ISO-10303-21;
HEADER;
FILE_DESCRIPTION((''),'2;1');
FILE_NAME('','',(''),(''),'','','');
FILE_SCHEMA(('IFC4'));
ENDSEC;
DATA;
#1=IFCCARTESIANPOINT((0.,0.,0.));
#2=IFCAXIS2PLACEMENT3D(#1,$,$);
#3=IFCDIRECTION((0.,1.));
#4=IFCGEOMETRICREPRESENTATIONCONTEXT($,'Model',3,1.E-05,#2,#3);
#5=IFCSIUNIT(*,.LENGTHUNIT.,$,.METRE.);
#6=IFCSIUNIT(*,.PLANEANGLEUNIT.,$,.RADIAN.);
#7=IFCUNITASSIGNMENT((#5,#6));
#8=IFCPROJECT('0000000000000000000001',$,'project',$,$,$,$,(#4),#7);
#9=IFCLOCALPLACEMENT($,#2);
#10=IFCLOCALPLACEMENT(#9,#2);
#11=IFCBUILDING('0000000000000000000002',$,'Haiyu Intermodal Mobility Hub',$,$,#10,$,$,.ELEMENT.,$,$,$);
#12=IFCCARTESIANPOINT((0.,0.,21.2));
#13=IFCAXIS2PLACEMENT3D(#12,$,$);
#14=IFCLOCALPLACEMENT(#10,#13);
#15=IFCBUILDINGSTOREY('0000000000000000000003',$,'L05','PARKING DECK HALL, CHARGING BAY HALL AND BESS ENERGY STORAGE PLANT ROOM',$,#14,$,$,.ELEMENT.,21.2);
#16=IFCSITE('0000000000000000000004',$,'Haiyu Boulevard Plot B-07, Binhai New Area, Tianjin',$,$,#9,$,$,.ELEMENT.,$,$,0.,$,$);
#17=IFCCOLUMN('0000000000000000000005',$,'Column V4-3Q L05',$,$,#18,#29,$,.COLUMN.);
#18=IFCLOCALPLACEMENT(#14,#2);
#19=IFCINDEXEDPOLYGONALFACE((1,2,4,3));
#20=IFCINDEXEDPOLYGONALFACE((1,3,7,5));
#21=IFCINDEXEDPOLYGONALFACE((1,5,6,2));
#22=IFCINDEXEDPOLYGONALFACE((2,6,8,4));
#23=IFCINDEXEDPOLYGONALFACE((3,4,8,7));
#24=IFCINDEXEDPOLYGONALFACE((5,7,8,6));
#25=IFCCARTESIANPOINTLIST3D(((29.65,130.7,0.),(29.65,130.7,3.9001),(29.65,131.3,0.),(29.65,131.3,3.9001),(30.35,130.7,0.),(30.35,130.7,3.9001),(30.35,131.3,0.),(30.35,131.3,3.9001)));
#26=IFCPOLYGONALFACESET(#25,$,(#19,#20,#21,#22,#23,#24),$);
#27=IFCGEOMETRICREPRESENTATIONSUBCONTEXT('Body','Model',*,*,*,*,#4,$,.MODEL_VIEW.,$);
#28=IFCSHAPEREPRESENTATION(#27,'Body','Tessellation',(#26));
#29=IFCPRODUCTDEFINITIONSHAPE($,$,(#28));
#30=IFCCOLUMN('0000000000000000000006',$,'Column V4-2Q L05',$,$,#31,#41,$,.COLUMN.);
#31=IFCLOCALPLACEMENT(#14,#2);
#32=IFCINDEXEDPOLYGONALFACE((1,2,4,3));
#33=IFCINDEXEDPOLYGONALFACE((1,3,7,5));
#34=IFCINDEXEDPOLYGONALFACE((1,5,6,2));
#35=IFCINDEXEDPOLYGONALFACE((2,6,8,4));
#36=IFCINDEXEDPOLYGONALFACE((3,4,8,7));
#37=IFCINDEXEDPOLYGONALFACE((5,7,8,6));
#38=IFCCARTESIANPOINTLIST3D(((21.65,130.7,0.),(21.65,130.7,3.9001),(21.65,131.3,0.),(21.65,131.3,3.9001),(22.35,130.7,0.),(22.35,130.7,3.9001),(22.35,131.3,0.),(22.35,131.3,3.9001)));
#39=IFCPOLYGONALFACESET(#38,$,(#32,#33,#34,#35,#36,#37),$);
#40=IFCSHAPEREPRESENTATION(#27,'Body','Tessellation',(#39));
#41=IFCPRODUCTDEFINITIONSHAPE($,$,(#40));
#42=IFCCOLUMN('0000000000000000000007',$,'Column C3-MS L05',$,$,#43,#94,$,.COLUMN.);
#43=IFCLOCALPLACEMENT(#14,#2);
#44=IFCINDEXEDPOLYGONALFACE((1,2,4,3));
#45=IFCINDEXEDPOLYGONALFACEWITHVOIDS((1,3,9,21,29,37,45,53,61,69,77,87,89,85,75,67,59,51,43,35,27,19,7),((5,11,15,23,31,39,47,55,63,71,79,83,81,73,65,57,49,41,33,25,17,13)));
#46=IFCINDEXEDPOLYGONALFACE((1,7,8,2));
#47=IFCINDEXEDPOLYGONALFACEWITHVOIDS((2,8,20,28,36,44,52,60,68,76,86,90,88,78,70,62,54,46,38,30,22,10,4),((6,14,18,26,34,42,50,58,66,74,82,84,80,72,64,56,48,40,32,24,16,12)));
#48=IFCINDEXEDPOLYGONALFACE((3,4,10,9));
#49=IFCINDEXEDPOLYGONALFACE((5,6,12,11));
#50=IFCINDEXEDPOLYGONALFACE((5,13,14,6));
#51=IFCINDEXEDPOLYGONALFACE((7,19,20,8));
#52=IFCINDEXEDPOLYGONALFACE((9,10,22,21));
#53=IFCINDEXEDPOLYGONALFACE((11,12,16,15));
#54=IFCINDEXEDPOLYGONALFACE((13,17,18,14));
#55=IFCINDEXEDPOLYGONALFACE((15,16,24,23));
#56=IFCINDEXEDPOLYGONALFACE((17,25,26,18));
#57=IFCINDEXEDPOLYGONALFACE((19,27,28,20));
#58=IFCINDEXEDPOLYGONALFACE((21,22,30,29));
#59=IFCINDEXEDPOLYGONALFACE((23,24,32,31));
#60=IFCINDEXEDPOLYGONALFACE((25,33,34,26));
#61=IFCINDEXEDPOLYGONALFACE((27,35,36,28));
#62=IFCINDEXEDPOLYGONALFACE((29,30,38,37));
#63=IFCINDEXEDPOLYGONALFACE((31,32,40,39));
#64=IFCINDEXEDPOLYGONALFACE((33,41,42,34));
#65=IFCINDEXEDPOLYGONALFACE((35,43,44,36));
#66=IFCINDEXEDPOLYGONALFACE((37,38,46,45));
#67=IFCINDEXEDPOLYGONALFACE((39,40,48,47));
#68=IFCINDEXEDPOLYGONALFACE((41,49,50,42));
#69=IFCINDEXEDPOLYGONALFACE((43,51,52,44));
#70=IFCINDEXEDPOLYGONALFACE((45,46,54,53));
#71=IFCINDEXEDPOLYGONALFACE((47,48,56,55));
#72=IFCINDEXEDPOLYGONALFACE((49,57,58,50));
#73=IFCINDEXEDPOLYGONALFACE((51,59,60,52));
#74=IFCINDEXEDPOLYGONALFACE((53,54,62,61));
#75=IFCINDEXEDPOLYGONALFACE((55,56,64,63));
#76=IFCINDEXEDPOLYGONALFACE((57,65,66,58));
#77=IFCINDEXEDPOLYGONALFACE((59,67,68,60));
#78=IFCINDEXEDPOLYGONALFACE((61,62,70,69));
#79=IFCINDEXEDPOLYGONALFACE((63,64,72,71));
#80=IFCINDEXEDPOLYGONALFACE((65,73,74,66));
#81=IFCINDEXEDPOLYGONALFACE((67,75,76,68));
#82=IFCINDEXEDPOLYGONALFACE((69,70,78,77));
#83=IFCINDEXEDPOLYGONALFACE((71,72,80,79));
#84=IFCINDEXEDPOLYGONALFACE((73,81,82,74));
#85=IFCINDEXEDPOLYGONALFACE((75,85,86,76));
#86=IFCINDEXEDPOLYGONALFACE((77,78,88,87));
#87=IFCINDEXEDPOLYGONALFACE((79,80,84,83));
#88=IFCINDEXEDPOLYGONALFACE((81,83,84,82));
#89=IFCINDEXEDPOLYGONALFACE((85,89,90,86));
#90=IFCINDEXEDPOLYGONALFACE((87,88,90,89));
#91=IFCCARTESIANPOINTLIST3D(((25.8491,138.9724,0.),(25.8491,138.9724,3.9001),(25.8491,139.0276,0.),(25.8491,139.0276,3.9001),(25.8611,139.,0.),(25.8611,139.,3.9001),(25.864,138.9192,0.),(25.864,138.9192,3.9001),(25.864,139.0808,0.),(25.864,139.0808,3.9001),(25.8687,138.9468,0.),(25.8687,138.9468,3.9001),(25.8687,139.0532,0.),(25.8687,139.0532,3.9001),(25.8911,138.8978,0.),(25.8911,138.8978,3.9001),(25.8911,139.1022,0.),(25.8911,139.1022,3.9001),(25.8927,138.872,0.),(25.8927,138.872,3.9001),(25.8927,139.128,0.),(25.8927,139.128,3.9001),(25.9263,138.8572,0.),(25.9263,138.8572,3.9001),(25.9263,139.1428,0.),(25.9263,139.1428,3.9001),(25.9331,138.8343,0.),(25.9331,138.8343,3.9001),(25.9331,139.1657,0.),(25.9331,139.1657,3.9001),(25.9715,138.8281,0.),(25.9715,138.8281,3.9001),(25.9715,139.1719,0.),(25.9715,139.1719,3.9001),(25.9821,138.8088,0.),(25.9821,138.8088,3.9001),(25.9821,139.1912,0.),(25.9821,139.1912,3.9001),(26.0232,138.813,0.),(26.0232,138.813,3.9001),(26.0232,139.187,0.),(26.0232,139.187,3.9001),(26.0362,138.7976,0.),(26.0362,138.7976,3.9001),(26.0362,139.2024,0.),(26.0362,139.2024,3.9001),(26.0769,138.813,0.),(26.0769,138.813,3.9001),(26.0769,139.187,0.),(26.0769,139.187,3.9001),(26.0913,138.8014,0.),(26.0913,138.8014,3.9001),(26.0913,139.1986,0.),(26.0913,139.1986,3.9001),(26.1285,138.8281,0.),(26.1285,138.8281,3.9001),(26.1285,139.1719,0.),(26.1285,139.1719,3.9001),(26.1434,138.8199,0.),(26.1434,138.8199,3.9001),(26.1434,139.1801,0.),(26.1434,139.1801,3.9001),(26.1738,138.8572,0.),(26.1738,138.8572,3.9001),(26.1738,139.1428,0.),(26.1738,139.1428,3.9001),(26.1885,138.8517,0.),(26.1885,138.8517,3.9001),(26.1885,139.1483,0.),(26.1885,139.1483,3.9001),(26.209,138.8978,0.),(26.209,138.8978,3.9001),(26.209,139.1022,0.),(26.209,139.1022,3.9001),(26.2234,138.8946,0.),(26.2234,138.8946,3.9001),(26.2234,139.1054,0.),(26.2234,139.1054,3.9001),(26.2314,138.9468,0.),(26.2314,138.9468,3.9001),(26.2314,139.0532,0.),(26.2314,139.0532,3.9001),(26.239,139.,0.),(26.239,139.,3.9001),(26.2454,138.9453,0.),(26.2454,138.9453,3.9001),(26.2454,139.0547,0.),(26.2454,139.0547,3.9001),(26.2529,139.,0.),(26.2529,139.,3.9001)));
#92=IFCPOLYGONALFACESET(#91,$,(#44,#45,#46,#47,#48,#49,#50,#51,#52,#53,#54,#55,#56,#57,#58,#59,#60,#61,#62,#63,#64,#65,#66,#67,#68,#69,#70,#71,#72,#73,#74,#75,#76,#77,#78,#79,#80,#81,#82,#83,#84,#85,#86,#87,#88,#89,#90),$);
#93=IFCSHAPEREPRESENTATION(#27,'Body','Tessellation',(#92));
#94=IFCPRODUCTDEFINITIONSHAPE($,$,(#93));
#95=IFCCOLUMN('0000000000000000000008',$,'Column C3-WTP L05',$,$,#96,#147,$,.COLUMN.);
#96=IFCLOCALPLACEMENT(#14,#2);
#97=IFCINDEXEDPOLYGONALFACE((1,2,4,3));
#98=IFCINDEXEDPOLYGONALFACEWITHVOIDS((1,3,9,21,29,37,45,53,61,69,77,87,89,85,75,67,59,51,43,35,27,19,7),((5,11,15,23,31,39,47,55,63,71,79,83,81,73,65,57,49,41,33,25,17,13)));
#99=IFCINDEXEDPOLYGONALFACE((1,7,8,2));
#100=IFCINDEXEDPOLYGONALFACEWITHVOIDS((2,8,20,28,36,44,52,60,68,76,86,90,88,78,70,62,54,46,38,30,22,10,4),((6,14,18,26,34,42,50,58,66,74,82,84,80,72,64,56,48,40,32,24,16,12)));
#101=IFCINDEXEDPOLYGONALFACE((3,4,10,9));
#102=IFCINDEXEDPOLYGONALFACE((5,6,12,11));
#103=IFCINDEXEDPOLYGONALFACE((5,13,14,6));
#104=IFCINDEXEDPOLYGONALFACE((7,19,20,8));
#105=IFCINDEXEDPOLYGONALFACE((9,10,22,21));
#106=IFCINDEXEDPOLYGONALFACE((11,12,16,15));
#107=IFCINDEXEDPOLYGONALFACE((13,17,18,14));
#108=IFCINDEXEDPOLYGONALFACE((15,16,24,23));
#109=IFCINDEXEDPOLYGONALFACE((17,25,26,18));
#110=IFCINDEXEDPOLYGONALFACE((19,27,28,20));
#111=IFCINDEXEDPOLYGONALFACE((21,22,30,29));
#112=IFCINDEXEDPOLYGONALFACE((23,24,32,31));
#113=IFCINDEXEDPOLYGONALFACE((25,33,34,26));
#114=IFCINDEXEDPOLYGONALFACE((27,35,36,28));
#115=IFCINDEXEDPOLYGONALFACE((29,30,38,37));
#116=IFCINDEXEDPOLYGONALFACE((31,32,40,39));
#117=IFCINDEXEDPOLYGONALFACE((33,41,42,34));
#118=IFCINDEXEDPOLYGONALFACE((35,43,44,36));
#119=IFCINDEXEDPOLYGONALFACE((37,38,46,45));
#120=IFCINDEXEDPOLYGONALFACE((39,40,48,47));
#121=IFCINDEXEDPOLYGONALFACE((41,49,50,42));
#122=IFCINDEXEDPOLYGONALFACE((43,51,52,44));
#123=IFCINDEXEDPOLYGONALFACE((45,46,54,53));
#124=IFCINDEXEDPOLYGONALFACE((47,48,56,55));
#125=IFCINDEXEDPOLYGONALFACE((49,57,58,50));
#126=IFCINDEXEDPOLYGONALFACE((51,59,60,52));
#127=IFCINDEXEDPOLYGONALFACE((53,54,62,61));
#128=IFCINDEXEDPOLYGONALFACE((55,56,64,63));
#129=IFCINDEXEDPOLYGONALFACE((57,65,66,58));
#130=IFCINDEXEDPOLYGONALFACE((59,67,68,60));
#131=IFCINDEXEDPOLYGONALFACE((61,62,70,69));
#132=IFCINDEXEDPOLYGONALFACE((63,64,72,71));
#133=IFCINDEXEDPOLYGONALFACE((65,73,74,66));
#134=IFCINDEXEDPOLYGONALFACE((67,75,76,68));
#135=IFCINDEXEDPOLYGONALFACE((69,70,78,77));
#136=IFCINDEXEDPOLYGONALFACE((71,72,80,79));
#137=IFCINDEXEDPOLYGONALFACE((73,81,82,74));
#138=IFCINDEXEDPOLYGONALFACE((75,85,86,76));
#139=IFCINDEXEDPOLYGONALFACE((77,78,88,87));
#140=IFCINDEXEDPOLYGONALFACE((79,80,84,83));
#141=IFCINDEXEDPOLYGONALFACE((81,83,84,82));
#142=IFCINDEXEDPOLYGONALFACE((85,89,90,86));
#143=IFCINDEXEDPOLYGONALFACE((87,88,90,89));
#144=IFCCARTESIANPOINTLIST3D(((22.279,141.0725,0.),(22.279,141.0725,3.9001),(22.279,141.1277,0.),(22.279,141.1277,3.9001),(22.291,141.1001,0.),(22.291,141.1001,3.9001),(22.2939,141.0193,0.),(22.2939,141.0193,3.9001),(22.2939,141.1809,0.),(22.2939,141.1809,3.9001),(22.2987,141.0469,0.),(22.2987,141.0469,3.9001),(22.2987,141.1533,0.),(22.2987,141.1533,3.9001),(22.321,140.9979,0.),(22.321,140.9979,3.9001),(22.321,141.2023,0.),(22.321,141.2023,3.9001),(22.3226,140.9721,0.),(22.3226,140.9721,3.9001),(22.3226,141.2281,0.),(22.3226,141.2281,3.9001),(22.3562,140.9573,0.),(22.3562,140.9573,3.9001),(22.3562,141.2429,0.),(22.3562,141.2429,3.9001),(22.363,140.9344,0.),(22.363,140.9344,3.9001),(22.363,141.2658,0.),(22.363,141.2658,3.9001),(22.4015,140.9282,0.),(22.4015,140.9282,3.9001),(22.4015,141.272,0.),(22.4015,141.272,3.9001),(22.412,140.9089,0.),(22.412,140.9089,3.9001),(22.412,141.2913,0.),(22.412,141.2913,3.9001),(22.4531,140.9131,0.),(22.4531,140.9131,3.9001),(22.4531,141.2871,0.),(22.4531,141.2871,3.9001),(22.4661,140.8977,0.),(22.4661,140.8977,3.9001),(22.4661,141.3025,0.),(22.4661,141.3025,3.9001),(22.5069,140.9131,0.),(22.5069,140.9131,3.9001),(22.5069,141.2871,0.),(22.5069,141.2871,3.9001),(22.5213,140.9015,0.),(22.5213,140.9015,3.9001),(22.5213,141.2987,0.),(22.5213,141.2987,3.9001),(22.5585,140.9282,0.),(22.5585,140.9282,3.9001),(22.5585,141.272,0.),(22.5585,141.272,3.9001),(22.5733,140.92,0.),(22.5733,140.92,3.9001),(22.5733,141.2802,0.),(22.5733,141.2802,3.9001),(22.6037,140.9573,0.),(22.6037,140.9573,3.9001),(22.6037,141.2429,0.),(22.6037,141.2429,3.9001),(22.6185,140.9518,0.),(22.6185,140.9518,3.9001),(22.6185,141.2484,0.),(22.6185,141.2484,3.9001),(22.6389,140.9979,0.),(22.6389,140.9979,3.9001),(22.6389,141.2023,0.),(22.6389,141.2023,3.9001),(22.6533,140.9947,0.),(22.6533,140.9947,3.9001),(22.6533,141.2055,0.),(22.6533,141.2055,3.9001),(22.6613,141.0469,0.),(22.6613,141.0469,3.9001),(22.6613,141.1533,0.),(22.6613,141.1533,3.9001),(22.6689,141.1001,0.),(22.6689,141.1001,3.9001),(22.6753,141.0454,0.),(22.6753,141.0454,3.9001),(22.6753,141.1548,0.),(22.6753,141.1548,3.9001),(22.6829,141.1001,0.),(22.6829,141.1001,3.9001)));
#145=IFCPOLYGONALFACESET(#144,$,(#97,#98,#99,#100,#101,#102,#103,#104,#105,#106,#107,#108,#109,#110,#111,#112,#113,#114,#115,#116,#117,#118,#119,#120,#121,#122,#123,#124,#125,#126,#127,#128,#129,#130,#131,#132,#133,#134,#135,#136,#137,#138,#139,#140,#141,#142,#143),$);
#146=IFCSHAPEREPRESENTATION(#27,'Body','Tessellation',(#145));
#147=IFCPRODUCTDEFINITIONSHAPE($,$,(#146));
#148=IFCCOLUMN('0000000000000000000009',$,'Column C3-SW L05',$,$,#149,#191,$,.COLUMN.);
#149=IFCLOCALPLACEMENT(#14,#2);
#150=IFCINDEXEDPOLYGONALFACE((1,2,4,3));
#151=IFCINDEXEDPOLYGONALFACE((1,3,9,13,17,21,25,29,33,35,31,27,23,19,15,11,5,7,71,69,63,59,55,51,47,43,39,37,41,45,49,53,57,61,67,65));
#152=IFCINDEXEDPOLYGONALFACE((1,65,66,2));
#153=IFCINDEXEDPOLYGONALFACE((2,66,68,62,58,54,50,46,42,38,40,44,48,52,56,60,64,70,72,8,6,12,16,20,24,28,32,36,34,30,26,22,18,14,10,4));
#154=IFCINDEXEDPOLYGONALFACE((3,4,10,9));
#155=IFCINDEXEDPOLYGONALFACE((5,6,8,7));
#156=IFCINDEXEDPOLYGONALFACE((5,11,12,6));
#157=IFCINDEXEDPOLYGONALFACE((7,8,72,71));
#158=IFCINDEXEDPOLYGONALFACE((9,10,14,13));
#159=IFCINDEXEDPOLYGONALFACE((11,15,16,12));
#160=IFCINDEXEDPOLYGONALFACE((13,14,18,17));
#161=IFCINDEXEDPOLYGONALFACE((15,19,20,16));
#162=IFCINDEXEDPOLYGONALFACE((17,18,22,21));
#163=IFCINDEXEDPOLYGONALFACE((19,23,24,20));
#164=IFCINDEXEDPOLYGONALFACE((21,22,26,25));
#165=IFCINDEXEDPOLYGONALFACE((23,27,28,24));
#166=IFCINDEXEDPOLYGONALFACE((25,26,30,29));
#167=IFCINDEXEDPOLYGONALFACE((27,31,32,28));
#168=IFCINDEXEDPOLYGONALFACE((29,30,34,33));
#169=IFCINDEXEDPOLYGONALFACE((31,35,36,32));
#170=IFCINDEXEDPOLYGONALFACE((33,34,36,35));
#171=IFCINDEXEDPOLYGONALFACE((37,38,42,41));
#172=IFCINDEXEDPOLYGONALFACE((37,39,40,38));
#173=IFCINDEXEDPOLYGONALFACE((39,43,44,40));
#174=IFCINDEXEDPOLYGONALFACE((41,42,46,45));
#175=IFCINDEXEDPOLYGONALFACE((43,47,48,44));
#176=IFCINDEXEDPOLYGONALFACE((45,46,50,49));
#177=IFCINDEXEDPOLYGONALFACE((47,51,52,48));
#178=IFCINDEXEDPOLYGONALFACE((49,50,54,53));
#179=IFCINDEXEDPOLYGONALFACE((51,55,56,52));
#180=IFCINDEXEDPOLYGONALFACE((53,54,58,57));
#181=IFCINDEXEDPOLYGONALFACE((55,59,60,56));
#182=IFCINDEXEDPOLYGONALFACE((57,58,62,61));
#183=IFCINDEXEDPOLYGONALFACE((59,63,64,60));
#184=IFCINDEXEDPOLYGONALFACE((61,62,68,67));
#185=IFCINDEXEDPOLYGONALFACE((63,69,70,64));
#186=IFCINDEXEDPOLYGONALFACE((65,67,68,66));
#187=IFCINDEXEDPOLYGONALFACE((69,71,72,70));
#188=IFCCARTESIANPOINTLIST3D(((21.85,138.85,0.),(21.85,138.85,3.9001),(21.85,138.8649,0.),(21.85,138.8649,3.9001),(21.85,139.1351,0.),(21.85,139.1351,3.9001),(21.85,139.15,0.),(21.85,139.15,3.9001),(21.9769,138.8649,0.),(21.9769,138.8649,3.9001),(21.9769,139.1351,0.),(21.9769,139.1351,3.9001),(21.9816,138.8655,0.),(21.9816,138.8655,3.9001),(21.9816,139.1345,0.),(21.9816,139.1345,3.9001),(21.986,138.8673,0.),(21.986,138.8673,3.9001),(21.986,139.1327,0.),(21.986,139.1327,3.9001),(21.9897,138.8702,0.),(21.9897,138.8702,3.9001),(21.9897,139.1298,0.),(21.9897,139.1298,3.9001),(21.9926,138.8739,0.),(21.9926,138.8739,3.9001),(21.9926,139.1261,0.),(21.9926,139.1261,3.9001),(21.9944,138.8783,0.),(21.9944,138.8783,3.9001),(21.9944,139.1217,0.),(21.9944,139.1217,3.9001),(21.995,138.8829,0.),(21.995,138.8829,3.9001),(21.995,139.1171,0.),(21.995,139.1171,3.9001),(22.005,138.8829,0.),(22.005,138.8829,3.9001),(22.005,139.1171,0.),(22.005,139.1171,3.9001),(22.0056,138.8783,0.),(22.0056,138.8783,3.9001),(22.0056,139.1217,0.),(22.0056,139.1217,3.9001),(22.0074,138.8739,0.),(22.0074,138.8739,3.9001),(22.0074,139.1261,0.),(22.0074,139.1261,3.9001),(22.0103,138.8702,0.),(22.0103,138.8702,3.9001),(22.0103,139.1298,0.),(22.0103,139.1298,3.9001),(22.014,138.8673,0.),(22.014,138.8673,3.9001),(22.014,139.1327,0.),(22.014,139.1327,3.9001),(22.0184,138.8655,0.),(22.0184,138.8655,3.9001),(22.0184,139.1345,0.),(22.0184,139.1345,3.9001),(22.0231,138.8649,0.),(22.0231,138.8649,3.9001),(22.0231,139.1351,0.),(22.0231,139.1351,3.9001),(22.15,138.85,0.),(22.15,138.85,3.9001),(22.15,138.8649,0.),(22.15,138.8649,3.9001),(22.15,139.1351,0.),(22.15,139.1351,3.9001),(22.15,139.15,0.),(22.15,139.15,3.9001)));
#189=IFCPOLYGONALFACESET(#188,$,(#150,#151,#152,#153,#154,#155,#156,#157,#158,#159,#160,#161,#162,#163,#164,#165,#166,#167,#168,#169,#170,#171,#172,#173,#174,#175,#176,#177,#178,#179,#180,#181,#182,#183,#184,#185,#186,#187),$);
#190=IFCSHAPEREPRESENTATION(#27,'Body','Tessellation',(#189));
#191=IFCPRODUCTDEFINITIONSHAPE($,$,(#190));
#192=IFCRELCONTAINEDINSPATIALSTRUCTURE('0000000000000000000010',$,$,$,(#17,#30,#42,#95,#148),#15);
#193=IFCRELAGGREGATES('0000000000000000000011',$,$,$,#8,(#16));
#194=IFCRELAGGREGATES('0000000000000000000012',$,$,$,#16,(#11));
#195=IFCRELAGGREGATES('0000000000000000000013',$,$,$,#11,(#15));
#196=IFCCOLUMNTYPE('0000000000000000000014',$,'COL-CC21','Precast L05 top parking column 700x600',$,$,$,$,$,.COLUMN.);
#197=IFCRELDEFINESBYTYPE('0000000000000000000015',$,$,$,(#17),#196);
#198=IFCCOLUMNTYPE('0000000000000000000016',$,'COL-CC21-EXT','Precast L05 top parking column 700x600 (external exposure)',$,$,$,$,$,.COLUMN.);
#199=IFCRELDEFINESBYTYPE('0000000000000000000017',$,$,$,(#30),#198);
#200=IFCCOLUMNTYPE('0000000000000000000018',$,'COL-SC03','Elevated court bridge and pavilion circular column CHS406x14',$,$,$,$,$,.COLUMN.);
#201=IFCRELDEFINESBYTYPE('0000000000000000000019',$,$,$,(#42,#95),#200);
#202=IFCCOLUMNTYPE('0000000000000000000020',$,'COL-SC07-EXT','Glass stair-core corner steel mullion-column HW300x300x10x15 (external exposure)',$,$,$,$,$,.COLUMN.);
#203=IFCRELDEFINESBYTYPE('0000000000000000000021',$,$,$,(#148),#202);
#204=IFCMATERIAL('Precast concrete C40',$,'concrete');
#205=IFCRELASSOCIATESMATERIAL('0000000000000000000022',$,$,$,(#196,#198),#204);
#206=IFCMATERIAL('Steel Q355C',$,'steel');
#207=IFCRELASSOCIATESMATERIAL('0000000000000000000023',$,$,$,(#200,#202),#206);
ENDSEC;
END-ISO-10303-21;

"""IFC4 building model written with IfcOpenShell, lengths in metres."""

from ifc_helpers import new_model, si_unit, direction, frame, origin, origin_2d, place, context, subcontext, project, spatial, rectangle, hollow_circle, i_section, extrude, material, material_profile, profile_set, type_object, element, save


model = new_model("IFC4")

# Units and contexts
model_context = context("Model", 3, precision=1e-05, world=origin(), true_north=direction((0.0, 1.0)))
body_context = subcontext(model_context, "Body", "Model", "MODEL_VIEW")
ifc_project = project(units=[si_unit("LENGTHUNIT", "METRE"), si_unit("PLANEANGLEUNIT", "RADIAN")], contexts=[model_context])

# Site, building, storey
site_placement = place(None, origin())
site = spatial("IfcSite", under=ifc_project, at=site_placement, Name="Haiyu Boulevard Plot B-07, Binhai New Area, Tianjin", CompositionType="ELEMENT", RefElevation=0.0)
building_placement = place(site_placement, origin())
building = spatial("IfcBuilding", under=site, at=building_placement, Name="Haiyu Intermodal Mobility Hub", CompositionType="ELEMENT")
storey_placement = place(building_placement, frame((0.0, 0.0, 21.2)))
storey = spatial("IfcBuildingStorey", under=building, at=storey_placement, Name="L05", Description="PARKING DECK HALL, CHARGING BAY HALL AND BESS ENERGY STORAGE PLANT ROOM", CompositionType="ELEMENT", Elevation=21.2)

# Columns
ifc_material_1 = material(Name="Precast concrete C40", Category="concrete")
ifc_material_profile_1 = material_profile(ifc_material_1, rectangle(XDim=0.7, YDim=0.6001, at=origin_2d()), Name="C700x600")
ifc_profile_set_1 = profile_set([ifc_material_profile_1], Name="Precast concrete C40")
column_type_1 = type_object("IfcColumnType", Name="COL-CC21", Description="Precast L05 top parking column 700x600", PredefinedType="COLUMN", material=ifc_profile_set_1)
column_1_placement = place(storey_placement, frame((30.0, 131.0, 0.0), z_axis=(0.0, 0.0, 1.0), x_axis=(1.0, 0.0, 0.0)))
element("IfcColumn", 1, at=column_1_placement, inside=storey, type_object=column_type_1, Name="Column V4-3Q L05", PredefinedType="COLUMN", context=body_context, shape_type="SweptSolid", body=[
    extrude(rectangle(XDim=0.7, YDim=0.6001, at=origin_2d()), origin(), (0.0, 0.0, 1.0), 3.9001),
])
ifc_material_profile_2 = material_profile(ifc_material_1, rectangle(XDim=0.7, YDim=0.6001, at=origin_2d()), Name="C700x600")
ifc_profile_set_2 = profile_set([ifc_material_profile_2], Name="Precast concrete C40")
column_type_2 = type_object("IfcColumnType", Name="COL-CC21-EXT", Description="Precast L05 top parking column 700x600 (external exposure)", PredefinedType="COLUMN", material=ifc_profile_set_2)
column_2_placement = place(storey_placement, frame((22.0, 131.0, 0.0), z_axis=(0.0, 0.0, 1.0), x_axis=(1.0, 0.0, 0.0)))
element("IfcColumn", 2, at=column_2_placement, inside=storey, type_object=column_type_2, Name="Column V4-2Q L05", PredefinedType="COLUMN", context=body_context, shape_type="SweptSolid", body=[
    extrude(rectangle(XDim=0.7, YDim=0.6001, at=origin_2d()), origin(), (0.0, 0.0, 1.0), 3.9001),
])
ifc_material_2 = material(Name="Steel Q355C", Category="steel")
ifc_material_profile_3 = material_profile(ifc_material_2, hollow_circle(Radius=0.2029, WallThickness=0.0139, at=origin_2d()), Name="CHS406x14")
ifc_profile_set_3 = profile_set([ifc_material_profile_3], Name="Steel Q355C")
column_type_3 = type_object("IfcColumnType", Name="COL-SC03", Description="Elevated court bridge and pavilion circular column CHS406x14", PredefinedType="COLUMN", material=ifc_profile_set_3)
for number, where, z_axis, x_axis, name in (
    (3, (26.05, 139.0, 0.0), (0.0, 0.0, 1.0), (1.0, 0.0, 0.0), "Column C3-MS L05"),
    (4, (22.48, 141.1001, 0.0), (0.0, 0.0, 1.0), (1.0, 0.0, 0.0), "Column C3-WTP L05"),
):
    element("IfcColumn", number, at=place(storey_placement, frame(where, z_axis=z_axis, x_axis=x_axis)), inside=storey, type_object=column_type_3, Name=name, PredefinedType="COLUMN", context=body_context, shape_type="SweptSolid", body=[
        extrude(hollow_circle(Radius=0.2029, WallThickness=0.0139, at=origin_2d()), origin(), (0.0, 0.0, 1.0), 3.9001),
    ])
ifc_material_profile_4 = material_profile(ifc_material_2, i_section(OverallWidth=0.3, OverallDepth=0.3, WebThickness=0.01, FlangeThickness=0.0149, FilletRadius=0.0181, at=origin_2d()), Name="HW300x300x10x15")
ifc_profile_set_4 = profile_set([ifc_material_profile_4], Name="Steel Q355C")
column_type_4 = type_object("IfcColumnType", Name="COL-SC07-EXT", Description="Glass stair-core corner steel mullion-column HW300x300x10x15 (external exposure)", PredefinedType="COLUMN", material=ifc_profile_set_4)
column_3_placement = place(storey_placement, frame((22.0, 139.0, 0.0), z_axis=(0.0, 0.0, 1.0), x_axis=(1.0, 0.0, 0.0)))
element("IfcColumn", 5, at=column_3_placement, inside=storey, type_object=column_type_4, Name="Column C3-SW L05", PredefinedType="COLUMN", context=body_context, shape_type="SweptSolid", body=[
    extrude(i_section(OverallWidth=0.3, OverallDepth=0.3, WebThickness=0.01, FlangeThickness=0.0149, FilletRadius=0.0181, at=origin_2d()), origin(), (0.0, 0.0, 1.0), 3.9001),
])

save(model, "model.ifc")
